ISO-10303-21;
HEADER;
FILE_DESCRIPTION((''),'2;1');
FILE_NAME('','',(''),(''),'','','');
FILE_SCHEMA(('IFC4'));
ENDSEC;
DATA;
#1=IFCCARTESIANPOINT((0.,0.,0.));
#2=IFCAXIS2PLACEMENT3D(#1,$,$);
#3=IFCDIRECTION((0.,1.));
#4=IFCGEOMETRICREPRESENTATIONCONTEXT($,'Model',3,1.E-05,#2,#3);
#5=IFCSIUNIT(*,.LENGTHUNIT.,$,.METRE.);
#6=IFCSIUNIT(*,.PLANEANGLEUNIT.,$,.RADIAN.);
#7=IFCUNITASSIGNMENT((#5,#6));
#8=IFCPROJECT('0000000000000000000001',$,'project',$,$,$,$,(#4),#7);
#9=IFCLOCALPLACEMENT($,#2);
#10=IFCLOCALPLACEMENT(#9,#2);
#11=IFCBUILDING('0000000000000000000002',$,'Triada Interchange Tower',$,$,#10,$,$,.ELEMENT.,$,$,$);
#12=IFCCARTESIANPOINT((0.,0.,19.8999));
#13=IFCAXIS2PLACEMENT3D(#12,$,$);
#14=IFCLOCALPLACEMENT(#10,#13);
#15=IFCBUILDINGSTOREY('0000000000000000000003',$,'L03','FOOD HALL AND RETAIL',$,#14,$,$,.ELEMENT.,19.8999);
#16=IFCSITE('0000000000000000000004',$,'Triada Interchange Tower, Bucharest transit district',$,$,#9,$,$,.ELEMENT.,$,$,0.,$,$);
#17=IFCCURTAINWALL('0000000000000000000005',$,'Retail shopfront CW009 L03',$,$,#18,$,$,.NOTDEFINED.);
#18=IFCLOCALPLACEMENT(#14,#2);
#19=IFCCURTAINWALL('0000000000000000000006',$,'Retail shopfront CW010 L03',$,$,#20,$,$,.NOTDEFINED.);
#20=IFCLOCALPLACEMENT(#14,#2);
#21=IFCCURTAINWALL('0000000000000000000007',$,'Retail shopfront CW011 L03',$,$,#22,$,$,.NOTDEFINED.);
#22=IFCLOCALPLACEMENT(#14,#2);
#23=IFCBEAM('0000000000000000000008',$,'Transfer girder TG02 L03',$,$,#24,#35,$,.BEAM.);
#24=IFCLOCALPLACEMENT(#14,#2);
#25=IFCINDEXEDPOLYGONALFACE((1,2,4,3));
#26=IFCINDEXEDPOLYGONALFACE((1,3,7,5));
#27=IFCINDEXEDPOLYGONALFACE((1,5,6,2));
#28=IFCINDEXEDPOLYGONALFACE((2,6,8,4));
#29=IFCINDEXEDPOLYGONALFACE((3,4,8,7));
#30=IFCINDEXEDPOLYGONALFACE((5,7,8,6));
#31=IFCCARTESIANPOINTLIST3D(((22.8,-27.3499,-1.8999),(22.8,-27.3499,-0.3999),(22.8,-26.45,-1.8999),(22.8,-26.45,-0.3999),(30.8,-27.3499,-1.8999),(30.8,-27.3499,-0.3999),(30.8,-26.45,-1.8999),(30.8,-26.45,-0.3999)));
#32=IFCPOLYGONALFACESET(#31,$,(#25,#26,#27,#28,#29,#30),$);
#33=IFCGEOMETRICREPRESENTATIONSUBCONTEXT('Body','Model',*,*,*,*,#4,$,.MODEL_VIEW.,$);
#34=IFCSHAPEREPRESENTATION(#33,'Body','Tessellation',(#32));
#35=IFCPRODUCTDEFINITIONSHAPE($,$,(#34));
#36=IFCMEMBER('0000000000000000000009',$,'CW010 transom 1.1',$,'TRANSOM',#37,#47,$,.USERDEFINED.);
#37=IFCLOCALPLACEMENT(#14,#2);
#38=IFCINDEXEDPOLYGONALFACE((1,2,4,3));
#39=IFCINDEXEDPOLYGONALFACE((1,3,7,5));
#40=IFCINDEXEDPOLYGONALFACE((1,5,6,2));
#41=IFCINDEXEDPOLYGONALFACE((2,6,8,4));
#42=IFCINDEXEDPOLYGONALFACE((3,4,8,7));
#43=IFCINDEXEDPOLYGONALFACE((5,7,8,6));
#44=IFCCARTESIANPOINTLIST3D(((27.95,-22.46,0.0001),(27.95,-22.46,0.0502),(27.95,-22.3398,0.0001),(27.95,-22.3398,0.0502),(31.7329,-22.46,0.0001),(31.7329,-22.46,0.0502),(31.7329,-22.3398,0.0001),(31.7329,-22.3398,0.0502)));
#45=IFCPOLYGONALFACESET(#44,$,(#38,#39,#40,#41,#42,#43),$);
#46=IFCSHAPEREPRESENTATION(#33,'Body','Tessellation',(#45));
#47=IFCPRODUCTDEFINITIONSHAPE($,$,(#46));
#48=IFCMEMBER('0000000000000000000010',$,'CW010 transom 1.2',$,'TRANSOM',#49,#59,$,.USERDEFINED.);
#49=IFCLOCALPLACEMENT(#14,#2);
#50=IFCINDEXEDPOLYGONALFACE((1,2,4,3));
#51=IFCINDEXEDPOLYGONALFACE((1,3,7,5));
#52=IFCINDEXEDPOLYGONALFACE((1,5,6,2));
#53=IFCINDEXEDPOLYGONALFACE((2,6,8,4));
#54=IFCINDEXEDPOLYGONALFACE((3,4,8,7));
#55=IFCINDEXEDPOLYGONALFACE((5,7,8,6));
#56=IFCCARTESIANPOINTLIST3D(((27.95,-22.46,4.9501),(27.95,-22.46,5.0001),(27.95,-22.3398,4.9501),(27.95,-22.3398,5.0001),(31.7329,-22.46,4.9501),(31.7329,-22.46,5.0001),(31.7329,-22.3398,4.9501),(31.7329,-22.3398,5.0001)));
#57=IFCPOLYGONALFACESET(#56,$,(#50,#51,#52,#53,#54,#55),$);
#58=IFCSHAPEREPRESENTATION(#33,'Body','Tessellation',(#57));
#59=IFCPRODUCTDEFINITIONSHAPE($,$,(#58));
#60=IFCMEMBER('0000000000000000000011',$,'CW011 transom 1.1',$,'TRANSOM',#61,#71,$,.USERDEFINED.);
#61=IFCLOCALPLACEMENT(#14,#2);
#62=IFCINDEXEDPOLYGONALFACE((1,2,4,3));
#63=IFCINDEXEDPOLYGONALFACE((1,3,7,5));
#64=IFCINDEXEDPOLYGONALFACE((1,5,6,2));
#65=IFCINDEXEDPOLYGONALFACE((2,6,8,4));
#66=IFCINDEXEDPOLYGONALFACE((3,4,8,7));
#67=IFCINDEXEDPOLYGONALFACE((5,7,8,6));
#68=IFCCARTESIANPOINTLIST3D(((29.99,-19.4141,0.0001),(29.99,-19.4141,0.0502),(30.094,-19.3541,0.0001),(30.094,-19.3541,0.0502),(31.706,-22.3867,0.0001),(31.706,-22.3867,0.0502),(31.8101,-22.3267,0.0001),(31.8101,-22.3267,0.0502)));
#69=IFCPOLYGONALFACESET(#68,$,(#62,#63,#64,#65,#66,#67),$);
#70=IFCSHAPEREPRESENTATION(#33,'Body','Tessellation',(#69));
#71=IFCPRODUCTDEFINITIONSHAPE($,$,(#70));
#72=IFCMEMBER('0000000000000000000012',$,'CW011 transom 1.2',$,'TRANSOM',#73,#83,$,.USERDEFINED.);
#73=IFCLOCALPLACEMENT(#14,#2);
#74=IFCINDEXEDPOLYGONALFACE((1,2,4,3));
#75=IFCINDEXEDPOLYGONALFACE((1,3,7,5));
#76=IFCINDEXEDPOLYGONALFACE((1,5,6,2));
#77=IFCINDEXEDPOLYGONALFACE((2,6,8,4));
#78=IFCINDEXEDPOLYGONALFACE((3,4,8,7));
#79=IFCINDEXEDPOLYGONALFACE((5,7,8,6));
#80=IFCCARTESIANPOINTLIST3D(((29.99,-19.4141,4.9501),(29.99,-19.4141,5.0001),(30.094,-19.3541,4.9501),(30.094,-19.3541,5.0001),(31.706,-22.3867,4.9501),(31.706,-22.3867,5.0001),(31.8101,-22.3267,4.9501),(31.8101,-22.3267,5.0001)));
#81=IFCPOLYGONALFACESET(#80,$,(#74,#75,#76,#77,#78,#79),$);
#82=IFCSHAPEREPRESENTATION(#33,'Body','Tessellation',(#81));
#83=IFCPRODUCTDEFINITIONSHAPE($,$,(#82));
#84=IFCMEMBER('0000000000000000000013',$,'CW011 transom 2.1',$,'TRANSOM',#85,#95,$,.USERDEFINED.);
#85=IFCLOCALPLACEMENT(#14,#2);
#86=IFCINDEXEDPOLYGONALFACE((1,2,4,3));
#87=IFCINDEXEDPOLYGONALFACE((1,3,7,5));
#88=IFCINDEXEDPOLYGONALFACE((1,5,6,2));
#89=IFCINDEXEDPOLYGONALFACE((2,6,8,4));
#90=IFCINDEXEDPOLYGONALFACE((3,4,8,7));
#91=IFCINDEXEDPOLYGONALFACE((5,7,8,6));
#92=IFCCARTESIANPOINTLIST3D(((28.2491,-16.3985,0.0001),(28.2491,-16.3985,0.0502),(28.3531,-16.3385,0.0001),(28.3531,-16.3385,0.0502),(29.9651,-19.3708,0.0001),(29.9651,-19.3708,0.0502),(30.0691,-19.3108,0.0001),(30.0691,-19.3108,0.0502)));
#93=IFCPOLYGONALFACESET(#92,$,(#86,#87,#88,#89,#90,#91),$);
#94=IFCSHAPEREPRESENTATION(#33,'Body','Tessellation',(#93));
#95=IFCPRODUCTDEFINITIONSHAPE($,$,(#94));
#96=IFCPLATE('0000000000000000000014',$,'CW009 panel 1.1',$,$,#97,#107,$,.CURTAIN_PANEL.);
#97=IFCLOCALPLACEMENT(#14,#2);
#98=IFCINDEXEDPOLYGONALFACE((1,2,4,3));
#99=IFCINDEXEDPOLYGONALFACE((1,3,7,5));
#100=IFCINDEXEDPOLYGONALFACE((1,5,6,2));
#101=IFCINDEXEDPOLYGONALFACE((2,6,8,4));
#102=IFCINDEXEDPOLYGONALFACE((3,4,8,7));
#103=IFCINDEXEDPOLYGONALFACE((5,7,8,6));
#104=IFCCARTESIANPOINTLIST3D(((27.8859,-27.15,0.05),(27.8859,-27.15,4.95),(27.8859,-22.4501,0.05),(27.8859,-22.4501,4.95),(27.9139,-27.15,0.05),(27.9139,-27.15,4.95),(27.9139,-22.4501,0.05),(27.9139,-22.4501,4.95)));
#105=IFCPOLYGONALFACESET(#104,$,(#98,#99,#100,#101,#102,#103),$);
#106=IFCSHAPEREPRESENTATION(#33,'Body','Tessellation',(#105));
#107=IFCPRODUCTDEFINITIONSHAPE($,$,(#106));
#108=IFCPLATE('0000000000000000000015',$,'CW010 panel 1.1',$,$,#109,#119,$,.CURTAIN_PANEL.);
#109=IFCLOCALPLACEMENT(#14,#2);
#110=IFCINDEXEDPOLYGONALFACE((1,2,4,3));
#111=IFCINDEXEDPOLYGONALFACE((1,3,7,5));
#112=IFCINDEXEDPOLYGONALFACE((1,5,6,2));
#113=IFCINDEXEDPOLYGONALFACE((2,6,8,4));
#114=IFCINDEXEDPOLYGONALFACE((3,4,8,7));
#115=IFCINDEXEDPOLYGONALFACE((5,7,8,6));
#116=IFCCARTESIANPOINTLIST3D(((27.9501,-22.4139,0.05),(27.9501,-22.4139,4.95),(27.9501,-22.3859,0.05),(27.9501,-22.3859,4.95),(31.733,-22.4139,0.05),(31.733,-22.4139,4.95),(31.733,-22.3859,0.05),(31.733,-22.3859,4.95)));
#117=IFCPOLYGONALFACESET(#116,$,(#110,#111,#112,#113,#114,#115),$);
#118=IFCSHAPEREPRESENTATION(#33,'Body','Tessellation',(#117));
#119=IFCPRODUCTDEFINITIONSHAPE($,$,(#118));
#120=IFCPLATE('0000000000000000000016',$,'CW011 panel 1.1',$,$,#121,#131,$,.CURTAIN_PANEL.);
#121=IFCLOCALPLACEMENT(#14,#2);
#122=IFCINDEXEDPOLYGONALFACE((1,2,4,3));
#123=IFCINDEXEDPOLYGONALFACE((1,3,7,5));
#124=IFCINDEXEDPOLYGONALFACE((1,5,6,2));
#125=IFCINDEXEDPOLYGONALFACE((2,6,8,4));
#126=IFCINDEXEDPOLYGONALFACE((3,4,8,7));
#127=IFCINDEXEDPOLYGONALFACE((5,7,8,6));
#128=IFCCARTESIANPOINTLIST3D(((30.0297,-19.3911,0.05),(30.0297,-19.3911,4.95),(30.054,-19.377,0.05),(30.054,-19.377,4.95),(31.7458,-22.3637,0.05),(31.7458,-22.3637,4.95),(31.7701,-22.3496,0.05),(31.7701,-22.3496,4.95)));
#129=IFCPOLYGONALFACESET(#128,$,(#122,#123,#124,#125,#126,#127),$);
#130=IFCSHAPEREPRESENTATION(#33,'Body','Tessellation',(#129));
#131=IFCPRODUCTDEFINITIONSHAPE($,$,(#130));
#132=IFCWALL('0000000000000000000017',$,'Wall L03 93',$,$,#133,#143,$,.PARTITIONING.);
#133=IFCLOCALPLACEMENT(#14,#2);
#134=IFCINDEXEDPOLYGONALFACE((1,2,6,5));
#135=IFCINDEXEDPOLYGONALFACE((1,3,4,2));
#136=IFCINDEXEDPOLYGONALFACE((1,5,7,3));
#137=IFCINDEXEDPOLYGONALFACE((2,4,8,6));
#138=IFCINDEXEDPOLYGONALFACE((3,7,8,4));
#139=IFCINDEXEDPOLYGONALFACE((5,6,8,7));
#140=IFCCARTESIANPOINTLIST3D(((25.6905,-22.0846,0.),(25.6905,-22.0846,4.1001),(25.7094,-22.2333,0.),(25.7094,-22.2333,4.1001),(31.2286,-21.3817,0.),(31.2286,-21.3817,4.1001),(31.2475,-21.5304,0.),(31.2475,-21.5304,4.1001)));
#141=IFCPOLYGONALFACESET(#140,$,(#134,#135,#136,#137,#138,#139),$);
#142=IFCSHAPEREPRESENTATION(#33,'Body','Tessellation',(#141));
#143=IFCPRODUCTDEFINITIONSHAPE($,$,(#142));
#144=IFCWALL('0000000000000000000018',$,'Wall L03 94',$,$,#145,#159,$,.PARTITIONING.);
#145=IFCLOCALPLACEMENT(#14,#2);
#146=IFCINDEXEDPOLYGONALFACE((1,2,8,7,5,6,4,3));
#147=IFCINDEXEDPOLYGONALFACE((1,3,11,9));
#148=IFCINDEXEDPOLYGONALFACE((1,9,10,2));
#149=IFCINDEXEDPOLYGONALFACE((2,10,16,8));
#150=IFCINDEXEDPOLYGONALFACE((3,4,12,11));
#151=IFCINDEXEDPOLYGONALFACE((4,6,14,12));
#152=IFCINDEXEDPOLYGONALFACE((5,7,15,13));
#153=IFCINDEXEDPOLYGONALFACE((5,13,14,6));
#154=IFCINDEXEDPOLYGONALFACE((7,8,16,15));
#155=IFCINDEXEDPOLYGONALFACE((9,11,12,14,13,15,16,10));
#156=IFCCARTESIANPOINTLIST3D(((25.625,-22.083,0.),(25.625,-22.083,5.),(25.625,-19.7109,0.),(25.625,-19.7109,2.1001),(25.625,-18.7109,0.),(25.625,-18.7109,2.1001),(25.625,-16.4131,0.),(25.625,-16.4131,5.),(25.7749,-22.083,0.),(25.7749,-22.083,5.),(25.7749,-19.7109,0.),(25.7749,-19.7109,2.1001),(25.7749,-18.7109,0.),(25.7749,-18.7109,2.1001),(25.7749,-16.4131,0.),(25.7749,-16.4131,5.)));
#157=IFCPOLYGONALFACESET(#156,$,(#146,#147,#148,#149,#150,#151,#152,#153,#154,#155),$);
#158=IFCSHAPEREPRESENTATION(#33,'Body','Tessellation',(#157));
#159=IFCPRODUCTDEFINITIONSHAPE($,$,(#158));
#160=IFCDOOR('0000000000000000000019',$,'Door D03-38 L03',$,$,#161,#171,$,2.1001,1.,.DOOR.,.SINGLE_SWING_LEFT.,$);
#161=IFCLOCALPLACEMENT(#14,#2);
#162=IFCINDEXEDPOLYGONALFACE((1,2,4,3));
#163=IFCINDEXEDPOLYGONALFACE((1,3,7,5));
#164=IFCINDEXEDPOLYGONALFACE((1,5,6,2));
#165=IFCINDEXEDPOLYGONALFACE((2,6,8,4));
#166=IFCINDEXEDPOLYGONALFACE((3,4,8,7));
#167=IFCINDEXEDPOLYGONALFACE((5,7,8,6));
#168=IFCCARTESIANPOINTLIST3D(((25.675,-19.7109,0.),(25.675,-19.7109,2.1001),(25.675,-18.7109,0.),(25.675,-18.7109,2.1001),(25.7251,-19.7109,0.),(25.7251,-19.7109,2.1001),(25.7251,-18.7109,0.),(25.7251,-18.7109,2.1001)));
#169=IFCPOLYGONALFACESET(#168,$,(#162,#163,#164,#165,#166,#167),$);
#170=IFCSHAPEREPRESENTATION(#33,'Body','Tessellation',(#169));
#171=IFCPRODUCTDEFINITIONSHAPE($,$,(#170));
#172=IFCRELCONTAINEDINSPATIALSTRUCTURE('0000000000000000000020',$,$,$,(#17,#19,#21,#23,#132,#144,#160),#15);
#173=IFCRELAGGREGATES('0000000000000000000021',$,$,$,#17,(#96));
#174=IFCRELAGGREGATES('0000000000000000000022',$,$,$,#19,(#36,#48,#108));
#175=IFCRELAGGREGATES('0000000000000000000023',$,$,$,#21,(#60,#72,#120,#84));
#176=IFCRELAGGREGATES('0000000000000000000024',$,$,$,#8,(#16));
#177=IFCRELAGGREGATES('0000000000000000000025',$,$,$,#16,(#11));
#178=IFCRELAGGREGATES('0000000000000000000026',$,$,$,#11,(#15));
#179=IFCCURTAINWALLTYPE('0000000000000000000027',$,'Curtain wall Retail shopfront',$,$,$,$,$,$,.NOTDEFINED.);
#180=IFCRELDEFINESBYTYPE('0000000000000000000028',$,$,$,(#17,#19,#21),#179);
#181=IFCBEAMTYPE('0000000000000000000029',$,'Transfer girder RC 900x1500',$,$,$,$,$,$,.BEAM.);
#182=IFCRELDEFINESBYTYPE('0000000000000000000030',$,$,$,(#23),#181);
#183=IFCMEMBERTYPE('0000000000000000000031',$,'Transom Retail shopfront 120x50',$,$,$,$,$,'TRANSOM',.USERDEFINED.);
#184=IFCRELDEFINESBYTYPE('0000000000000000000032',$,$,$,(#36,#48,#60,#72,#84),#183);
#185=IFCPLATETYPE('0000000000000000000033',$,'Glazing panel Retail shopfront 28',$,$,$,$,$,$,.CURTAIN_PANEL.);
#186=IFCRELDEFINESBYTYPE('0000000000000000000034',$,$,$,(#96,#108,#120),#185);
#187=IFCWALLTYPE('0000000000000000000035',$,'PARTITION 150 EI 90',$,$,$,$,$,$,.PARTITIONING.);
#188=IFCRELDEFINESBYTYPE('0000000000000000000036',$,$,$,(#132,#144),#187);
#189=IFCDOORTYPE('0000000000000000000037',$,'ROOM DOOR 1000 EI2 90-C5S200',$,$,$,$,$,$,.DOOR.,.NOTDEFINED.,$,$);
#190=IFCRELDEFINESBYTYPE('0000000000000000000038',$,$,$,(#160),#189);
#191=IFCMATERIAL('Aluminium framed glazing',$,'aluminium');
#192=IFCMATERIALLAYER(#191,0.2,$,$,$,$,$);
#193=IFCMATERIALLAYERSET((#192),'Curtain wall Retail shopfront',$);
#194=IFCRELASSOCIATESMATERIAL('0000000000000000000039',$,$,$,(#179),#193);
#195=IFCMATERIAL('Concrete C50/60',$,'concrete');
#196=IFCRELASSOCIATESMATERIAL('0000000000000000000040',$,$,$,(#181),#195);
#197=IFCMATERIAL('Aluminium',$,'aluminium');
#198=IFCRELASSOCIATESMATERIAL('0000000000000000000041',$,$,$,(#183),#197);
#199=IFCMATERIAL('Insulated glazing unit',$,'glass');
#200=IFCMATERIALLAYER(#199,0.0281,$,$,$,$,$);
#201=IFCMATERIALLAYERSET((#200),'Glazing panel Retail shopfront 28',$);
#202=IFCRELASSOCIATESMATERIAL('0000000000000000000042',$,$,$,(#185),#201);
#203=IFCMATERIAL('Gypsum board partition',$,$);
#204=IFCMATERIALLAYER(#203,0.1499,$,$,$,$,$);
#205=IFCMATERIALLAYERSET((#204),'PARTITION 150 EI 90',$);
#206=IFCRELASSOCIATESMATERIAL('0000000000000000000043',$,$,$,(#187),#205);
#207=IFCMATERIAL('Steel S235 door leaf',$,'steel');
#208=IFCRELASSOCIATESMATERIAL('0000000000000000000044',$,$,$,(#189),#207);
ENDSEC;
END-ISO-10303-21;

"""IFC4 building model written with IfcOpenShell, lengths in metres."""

from ifc_helpers import new_model, si_unit, direction, frame, frame_2d, origin, origin_2d, place, context, subcontext, project, spatial, rectangle, extrude, material, layer, layer_set, material_profile, profile_set, type_object, element, fill, aggregate, save


model = new_model("IFC4")

# Units and contexts
model_context = context("Model", 3, precision=1e-05, world=origin(), true_north=direction((0.0, 1.0)))
body_context = subcontext(model_context, "Body", "Model", "MODEL_VIEW")
ifc_project = project(units=[si_unit("LENGTHUNIT", "METRE"), si_unit("PLANEANGLEUNIT", "RADIAN")], contexts=[model_context])

# Site, building, storey
site_placement = place(None, origin())
site = spatial("IfcSite", under=ifc_project, at=site_placement, Name="Triada Interchange Tower, Bucharest transit district", CompositionType="ELEMENT", RefElevation=0.0)
building_placement = place(site_placement, origin())
building = spatial("IfcBuilding", under=site, at=building_placement, Name="Triada Interchange Tower", CompositionType="ELEMENT")
storey_placement = place(building_placement, frame((0.0, 0.0, 19.8999)))
storey = spatial("IfcBuildingStorey", under=building, at=storey_placement, Name="L03", Description="FOOD HALL AND RETAIL", CompositionType="ELEMENT", Elevation=19.8999)

# Curtain wall
ifc_material_1 = material(Name="Aluminium framed glazing", Category="aluminium")
ifc_layer_1 = layer(ifc_material_1, 0.2)
ifc_layer_set_1 = layer_set([ifc_layer_1], Name="Curtain wall Retail shopfront")
curtain_wall_type = type_object("IfcCurtainWallType", Name="Curtain wall Retail shopfront", PredefinedType="NOTDEFINED", material=ifc_layer_set_1)
curtain_wall_1_placement = place(storey_placement, origin())
curtain_wall_1 = element("IfcCurtainWall", 1, at=curtain_wall_1_placement, inside=storey, type_object=curtain_wall_type, Name="Retail shopfront CW009 L03", PredefinedType="NOTDEFINED")
ifc_material_2 = material(Name="Aluminium", Category="aluminium")

# Curtain walls
curtain_wall_2_placement = place(storey_placement, origin())
curtain_wall_2 = element("IfcCurtainWall", 2, at=curtain_wall_2_placement, inside=storey, type_object=curtain_wall_type, Name="Retail shopfront CW010 L03", PredefinedType="NOTDEFINED")
curtain_wall_3_placement = place(storey_placement, origin())
curtain_wall_3 = element("IfcCurtainWall", 3, at=curtain_wall_3_placement, inside=storey, type_object=curtain_wall_type, Name="Retail shopfront CW011 L03", PredefinedType="NOTDEFINED")

# Beam
ifc_material_3 = material(Name="Concrete C50/60", Category="concrete")
ifc_material_profile_1 = material_profile(ifc_material_3, rectangle(XDim=0.8999, YDim=1.5, at=origin_2d()), Name="RC 900x1500")
ifc_profile_set_1 = profile_set([ifc_material_profile_1], Name="Concrete C50/60")
beam_type_1 = type_object("IfcBeamType", Name="Transfer girder RC 900x1500", PredefinedType="BEAM", material=ifc_profile_set_1)
beam_1_placement = place(storey_placement, frame((30.8, -26.8999, -1.1499), z_axis=(-1.0, 0.0, 0.0), x_axis=(0.0, -1.0, 0.0)))
element("IfcBeam", 4, at=beam_1_placement, inside=storey, type_object=beam_type_1, Name="Transfer girder TG02 L03", PredefinedType="BEAM", context=body_context, shape_type="SweptSolid", body=[
    extrude(rectangle(XDim=0.8999, YDim=1.5, at=origin_2d()), origin(), (0.0, 0.0, 1.0), 8.0),
])

# Members
ifc_material_profile_2 = material_profile(ifc_material_2, rectangle(XDim=0.1201, YDim=0.05, at=origin_2d()), Name="Aluminium transom")
ifc_profile_set_2 = profile_set([ifc_material_profile_2], Name="Aluminium")
member_type_1 = type_object("IfcMemberType", Name="Transom Retail shopfront 120x50", ElementType="TRANSOM", PredefinedType="USERDEFINED", material=ifc_profile_set_2)
member_1_placement = place(storey_placement, frame((27.95, -22.3999, 0.0251), z_axis=(1.0, 0.0, 0.0), x_axis=(0.0, 1.0, 0.0)))
member_1 = element("IfcMember", 5, at=member_1_placement, type_object=member_type_1, Name="CW010 transom 1.1", ObjectType="TRANSOM", PredefinedType="USERDEFINED", context=body_context, shape_type="SweptSolid", body=[
    extrude(rectangle(XDim=0.1201, YDim=0.05, at=origin_2d()), origin(), (0.0, 0.0, 1.0), 3.783),
])
member_2_placement = place(storey_placement, frame((27.95, -22.3999, 4.9751), z_axis=(1.0, 0.0, 0.0), x_axis=(0.0, 1.0, 0.0)))
member_2 = element("IfcMember", 6, at=member_2_placement, type_object=member_type_1, Name="CW010 transom 1.2", ObjectType="TRANSOM", PredefinedType="USERDEFINED", context=body_context, shape_type="SweptSolid", body=[
    extrude(rectangle(XDim=0.1201, YDim=0.05, at=origin_2d()), origin(), (0.0, 0.0, 1.0), 3.783),
])
member_3_placement = place(storey_placement, frame((31.7581, -22.3567, 0.0251), z_axis=(-0.499956, 0.866051, 0.0), x_axis=(-0.866051, -0.499956, 0.0)))
member_3 = element("IfcMember", 7, at=member_3_placement, type_object=member_type_1, Name="CW011 transom 1.1", ObjectType="TRANSOM", PredefinedType="USERDEFINED", context=body_context, shape_type="SweptSolid", body=[
    extrude(rectangle(XDim=0.1201, YDim=0.05, at=origin_2d()), origin(), (0.0, 0.0, 1.0), 3.4324),
])
member_4_placement = place(storey_placement, frame((31.7581, -22.3567, 4.9751), z_axis=(-0.499956, 0.866051, 0.0), x_axis=(-0.866051, -0.499956, 0.0)))
member_4 = element("IfcMember", 8, at=member_4_placement, type_object=member_type_1, Name="CW011 transom 1.2", ObjectType="TRANSOM", PredefinedType="USERDEFINED", context=body_context, shape_type="SweptSolid", body=[
    extrude(rectangle(XDim=0.1201, YDim=0.05, at=origin_2d()), origin(), (0.0, 0.0, 1.0), 3.4324),
])
member_5_placement = place(storey_placement, frame((30.0171, -19.3408, 0.0251), z_axis=(-0.499987, 0.866033, 0.0), x_axis=(-0.866033, -0.499987, 0.0)))
member_5 = element("IfcMember", 9, at=member_5_placement, type_object=member_type_1, Name="CW011 transom 2.1", ObjectType="TRANSOM", PredefinedType="USERDEFINED", context=body_context, shape_type="SweptSolid", body=[
    extrude(rectangle(XDim=0.1201, YDim=0.05, at=origin_2d()), origin(), (0.0, 0.0, 1.0), 3.4321),
])

# Plates
ifc_material_4 = material(Name="Insulated glazing unit", Category="glass")
ifc_layer_2 = layer(ifc_material_4, 0.0281)
ifc_layer_set_2 = layer_set([ifc_layer_2], Name="Glazing panel Retail shopfront 28")
plate_type = type_object("IfcPlateType", Name="Glazing panel Retail shopfront 28", PredefinedType="CURTAIN_PANEL", material=ifc_layer_set_2)
plate_1_placement = place(storey_placement, frame((27.8999, -24.8, 0.05), z_axis=(0.0, 0.0, 1.0), x_axis=(0.0, 1.0, 0.0)))
plate_1 = element("IfcPlate", 10, at=plate_1_placement, type_object=plate_type, Name="CW009 panel 1.1", PredefinedType="CURTAIN_PANEL", context=body_context, shape_type="SweptSolid", body=[
    extrude(rectangle(XDim=4.7, YDim=0.0281, at=origin_2d()), origin(), (0.0, 0.0, 1.0), 4.8999),
])
aggregate(curtain_wall_1, [plate_1])
plate_2_placement = place(storey_placement, frame((29.8416, -22.3999, 0.05), z_axis=(0.0, 0.0, 1.0), x_axis=(1.0, 0.0, 0.0)))
plate_2 = element("IfcPlate", 11, at=plate_2_placement, type_object=plate_type, Name="CW010 panel 1.1", PredefinedType="CURTAIN_PANEL", context=body_context, shape_type="SweptSolid", body=[
    extrude(rectangle(XDim=3.783, YDim=0.0281, at=origin_2d()), origin(), (0.0, 0.0, 1.0), 4.8999),
])
aggregate(curtain_wall_2, [member_1, member_2, plate_2])
plate_3_placement = place(storey_placement, frame((30.8999, -20.8704, 0.05), z_axis=(0.0, 0.0, 1.0), x_axis=(-0.499957, 0.86605, 0.0)))
plate_3 = element("IfcPlate", 12, at=plate_3_placement, type_object=plate_type, Name="CW011 panel 1.1", PredefinedType="CURTAIN_PANEL", context=body_context, shape_type="SweptSolid", body=[
    extrude(rectangle(XDim=3.4324, YDim=0.0281, at=origin_2d()), origin(), (0.0, 0.0, 1.0), 4.8999),
])
aggregate(curtain_wall_3, [member_3, member_4, plate_3, member_5])

# Wall
ifc_material_5 = material(Name="Gypsum board partition")
ifc_layer_3 = layer(ifc_material_5, 0.1499)
ifc_layer_set_3 = layer_set([ifc_layer_3], Name="PARTITION 150 EI 90")
wall_type = type_object("IfcWallType", Name="PARTITION 150 EI 90", PredefinedType="PARTITIONING", material=ifc_layer_set_3)
wall_1_placement = place(storey_placement, frame((25.7, -22.1589, 0.0), z_axis=(0.0, 0.0, 1.0), x_axis=(0.992042, 0.125908, 0.0)))
element("IfcWall", 13, at=wall_1_placement, inside=storey, type_object=wall_type, Name="Wall L03 93", PredefinedType="PARTITIONING", context=body_context, shape_type="SweptSolid", body=[
    extrude(rectangle(XDim=5.5825, YDim=0.1499, at=frame_2d((2.7913, 0.0))), origin(), (0.0, 0.0, 1.0), 4.1001),
])

# Wall, opening, door
wall_2_placement = place(storey_placement, frame((25.7, -22.083, 0.0), z_axis=(0.0, 0.0, 1.0), x_axis=(0.0, 1.0, 0.0)))
wall_2 = element("IfcWall", 14, at=wall_2_placement, inside=storey, type_object=wall_type, Name="Wall L03 94", PredefinedType="PARTITIONING", context=body_context, shape_type="SweptSolid", body=[
    extrude(rectangle(XDim=5.6699, YDim=0.1499, at=frame_2d((2.835, 0.0))), origin(), (0.0, 0.0, 1.0), 5.0),
])
opening_placement = place(wall_2_placement, frame((2.3721, 0.0, 0.0)))
opening = element("IfcOpeningElement", 15, at=opening_placement, cuts=wall_2, PredefinedType="OPENING", context=body_context, shape_type="SweptSolid", body=[
    extrude(rectangle(XDim=1.0, YDim=2.1001, at=frame_2d((0.5, 1.05))), frame((0.0, 0.085, 0.0), z_axis=(0.0, -1.0, 0.0), x_axis=(1.0, 0.0, 0.0)), (0.0, 0.0, 1.0), 0.1699),
])
ifc_material_6 = material(Name="Steel S235 door leaf", Category="steel")
door_type = type_object("IfcDoorType", Name="ROOM DOOR 1000 EI2 90-C5S200", OperationType="NOTDEFINED", PredefinedType="DOOR", material=ifc_material_6)
door_placement = place(opening_placement, origin())
door = element("IfcDoor", 16, at=door_placement, inside=storey, type_object=door_type, Name="Door D03-38 L03", OperationType="SINGLE_SWING_LEFT", OverallHeight=2.1001, OverallWidth=1.0, PredefinedType="DOOR", context=body_context, shape_type="SweptSolid", body=[
    extrude(rectangle(XDim=1.0, YDim=2.1001, at=frame_2d((0.5, 1.05))), frame((0.0, 0.0249, 0.0), z_axis=(0.0, -1.0, 0.0), x_axis=(1.0, 0.0, 0.0)), (0.0, 0.0, 1.0), 0.05),
])
fill(opening, door)

save(model, "model.ifc")
